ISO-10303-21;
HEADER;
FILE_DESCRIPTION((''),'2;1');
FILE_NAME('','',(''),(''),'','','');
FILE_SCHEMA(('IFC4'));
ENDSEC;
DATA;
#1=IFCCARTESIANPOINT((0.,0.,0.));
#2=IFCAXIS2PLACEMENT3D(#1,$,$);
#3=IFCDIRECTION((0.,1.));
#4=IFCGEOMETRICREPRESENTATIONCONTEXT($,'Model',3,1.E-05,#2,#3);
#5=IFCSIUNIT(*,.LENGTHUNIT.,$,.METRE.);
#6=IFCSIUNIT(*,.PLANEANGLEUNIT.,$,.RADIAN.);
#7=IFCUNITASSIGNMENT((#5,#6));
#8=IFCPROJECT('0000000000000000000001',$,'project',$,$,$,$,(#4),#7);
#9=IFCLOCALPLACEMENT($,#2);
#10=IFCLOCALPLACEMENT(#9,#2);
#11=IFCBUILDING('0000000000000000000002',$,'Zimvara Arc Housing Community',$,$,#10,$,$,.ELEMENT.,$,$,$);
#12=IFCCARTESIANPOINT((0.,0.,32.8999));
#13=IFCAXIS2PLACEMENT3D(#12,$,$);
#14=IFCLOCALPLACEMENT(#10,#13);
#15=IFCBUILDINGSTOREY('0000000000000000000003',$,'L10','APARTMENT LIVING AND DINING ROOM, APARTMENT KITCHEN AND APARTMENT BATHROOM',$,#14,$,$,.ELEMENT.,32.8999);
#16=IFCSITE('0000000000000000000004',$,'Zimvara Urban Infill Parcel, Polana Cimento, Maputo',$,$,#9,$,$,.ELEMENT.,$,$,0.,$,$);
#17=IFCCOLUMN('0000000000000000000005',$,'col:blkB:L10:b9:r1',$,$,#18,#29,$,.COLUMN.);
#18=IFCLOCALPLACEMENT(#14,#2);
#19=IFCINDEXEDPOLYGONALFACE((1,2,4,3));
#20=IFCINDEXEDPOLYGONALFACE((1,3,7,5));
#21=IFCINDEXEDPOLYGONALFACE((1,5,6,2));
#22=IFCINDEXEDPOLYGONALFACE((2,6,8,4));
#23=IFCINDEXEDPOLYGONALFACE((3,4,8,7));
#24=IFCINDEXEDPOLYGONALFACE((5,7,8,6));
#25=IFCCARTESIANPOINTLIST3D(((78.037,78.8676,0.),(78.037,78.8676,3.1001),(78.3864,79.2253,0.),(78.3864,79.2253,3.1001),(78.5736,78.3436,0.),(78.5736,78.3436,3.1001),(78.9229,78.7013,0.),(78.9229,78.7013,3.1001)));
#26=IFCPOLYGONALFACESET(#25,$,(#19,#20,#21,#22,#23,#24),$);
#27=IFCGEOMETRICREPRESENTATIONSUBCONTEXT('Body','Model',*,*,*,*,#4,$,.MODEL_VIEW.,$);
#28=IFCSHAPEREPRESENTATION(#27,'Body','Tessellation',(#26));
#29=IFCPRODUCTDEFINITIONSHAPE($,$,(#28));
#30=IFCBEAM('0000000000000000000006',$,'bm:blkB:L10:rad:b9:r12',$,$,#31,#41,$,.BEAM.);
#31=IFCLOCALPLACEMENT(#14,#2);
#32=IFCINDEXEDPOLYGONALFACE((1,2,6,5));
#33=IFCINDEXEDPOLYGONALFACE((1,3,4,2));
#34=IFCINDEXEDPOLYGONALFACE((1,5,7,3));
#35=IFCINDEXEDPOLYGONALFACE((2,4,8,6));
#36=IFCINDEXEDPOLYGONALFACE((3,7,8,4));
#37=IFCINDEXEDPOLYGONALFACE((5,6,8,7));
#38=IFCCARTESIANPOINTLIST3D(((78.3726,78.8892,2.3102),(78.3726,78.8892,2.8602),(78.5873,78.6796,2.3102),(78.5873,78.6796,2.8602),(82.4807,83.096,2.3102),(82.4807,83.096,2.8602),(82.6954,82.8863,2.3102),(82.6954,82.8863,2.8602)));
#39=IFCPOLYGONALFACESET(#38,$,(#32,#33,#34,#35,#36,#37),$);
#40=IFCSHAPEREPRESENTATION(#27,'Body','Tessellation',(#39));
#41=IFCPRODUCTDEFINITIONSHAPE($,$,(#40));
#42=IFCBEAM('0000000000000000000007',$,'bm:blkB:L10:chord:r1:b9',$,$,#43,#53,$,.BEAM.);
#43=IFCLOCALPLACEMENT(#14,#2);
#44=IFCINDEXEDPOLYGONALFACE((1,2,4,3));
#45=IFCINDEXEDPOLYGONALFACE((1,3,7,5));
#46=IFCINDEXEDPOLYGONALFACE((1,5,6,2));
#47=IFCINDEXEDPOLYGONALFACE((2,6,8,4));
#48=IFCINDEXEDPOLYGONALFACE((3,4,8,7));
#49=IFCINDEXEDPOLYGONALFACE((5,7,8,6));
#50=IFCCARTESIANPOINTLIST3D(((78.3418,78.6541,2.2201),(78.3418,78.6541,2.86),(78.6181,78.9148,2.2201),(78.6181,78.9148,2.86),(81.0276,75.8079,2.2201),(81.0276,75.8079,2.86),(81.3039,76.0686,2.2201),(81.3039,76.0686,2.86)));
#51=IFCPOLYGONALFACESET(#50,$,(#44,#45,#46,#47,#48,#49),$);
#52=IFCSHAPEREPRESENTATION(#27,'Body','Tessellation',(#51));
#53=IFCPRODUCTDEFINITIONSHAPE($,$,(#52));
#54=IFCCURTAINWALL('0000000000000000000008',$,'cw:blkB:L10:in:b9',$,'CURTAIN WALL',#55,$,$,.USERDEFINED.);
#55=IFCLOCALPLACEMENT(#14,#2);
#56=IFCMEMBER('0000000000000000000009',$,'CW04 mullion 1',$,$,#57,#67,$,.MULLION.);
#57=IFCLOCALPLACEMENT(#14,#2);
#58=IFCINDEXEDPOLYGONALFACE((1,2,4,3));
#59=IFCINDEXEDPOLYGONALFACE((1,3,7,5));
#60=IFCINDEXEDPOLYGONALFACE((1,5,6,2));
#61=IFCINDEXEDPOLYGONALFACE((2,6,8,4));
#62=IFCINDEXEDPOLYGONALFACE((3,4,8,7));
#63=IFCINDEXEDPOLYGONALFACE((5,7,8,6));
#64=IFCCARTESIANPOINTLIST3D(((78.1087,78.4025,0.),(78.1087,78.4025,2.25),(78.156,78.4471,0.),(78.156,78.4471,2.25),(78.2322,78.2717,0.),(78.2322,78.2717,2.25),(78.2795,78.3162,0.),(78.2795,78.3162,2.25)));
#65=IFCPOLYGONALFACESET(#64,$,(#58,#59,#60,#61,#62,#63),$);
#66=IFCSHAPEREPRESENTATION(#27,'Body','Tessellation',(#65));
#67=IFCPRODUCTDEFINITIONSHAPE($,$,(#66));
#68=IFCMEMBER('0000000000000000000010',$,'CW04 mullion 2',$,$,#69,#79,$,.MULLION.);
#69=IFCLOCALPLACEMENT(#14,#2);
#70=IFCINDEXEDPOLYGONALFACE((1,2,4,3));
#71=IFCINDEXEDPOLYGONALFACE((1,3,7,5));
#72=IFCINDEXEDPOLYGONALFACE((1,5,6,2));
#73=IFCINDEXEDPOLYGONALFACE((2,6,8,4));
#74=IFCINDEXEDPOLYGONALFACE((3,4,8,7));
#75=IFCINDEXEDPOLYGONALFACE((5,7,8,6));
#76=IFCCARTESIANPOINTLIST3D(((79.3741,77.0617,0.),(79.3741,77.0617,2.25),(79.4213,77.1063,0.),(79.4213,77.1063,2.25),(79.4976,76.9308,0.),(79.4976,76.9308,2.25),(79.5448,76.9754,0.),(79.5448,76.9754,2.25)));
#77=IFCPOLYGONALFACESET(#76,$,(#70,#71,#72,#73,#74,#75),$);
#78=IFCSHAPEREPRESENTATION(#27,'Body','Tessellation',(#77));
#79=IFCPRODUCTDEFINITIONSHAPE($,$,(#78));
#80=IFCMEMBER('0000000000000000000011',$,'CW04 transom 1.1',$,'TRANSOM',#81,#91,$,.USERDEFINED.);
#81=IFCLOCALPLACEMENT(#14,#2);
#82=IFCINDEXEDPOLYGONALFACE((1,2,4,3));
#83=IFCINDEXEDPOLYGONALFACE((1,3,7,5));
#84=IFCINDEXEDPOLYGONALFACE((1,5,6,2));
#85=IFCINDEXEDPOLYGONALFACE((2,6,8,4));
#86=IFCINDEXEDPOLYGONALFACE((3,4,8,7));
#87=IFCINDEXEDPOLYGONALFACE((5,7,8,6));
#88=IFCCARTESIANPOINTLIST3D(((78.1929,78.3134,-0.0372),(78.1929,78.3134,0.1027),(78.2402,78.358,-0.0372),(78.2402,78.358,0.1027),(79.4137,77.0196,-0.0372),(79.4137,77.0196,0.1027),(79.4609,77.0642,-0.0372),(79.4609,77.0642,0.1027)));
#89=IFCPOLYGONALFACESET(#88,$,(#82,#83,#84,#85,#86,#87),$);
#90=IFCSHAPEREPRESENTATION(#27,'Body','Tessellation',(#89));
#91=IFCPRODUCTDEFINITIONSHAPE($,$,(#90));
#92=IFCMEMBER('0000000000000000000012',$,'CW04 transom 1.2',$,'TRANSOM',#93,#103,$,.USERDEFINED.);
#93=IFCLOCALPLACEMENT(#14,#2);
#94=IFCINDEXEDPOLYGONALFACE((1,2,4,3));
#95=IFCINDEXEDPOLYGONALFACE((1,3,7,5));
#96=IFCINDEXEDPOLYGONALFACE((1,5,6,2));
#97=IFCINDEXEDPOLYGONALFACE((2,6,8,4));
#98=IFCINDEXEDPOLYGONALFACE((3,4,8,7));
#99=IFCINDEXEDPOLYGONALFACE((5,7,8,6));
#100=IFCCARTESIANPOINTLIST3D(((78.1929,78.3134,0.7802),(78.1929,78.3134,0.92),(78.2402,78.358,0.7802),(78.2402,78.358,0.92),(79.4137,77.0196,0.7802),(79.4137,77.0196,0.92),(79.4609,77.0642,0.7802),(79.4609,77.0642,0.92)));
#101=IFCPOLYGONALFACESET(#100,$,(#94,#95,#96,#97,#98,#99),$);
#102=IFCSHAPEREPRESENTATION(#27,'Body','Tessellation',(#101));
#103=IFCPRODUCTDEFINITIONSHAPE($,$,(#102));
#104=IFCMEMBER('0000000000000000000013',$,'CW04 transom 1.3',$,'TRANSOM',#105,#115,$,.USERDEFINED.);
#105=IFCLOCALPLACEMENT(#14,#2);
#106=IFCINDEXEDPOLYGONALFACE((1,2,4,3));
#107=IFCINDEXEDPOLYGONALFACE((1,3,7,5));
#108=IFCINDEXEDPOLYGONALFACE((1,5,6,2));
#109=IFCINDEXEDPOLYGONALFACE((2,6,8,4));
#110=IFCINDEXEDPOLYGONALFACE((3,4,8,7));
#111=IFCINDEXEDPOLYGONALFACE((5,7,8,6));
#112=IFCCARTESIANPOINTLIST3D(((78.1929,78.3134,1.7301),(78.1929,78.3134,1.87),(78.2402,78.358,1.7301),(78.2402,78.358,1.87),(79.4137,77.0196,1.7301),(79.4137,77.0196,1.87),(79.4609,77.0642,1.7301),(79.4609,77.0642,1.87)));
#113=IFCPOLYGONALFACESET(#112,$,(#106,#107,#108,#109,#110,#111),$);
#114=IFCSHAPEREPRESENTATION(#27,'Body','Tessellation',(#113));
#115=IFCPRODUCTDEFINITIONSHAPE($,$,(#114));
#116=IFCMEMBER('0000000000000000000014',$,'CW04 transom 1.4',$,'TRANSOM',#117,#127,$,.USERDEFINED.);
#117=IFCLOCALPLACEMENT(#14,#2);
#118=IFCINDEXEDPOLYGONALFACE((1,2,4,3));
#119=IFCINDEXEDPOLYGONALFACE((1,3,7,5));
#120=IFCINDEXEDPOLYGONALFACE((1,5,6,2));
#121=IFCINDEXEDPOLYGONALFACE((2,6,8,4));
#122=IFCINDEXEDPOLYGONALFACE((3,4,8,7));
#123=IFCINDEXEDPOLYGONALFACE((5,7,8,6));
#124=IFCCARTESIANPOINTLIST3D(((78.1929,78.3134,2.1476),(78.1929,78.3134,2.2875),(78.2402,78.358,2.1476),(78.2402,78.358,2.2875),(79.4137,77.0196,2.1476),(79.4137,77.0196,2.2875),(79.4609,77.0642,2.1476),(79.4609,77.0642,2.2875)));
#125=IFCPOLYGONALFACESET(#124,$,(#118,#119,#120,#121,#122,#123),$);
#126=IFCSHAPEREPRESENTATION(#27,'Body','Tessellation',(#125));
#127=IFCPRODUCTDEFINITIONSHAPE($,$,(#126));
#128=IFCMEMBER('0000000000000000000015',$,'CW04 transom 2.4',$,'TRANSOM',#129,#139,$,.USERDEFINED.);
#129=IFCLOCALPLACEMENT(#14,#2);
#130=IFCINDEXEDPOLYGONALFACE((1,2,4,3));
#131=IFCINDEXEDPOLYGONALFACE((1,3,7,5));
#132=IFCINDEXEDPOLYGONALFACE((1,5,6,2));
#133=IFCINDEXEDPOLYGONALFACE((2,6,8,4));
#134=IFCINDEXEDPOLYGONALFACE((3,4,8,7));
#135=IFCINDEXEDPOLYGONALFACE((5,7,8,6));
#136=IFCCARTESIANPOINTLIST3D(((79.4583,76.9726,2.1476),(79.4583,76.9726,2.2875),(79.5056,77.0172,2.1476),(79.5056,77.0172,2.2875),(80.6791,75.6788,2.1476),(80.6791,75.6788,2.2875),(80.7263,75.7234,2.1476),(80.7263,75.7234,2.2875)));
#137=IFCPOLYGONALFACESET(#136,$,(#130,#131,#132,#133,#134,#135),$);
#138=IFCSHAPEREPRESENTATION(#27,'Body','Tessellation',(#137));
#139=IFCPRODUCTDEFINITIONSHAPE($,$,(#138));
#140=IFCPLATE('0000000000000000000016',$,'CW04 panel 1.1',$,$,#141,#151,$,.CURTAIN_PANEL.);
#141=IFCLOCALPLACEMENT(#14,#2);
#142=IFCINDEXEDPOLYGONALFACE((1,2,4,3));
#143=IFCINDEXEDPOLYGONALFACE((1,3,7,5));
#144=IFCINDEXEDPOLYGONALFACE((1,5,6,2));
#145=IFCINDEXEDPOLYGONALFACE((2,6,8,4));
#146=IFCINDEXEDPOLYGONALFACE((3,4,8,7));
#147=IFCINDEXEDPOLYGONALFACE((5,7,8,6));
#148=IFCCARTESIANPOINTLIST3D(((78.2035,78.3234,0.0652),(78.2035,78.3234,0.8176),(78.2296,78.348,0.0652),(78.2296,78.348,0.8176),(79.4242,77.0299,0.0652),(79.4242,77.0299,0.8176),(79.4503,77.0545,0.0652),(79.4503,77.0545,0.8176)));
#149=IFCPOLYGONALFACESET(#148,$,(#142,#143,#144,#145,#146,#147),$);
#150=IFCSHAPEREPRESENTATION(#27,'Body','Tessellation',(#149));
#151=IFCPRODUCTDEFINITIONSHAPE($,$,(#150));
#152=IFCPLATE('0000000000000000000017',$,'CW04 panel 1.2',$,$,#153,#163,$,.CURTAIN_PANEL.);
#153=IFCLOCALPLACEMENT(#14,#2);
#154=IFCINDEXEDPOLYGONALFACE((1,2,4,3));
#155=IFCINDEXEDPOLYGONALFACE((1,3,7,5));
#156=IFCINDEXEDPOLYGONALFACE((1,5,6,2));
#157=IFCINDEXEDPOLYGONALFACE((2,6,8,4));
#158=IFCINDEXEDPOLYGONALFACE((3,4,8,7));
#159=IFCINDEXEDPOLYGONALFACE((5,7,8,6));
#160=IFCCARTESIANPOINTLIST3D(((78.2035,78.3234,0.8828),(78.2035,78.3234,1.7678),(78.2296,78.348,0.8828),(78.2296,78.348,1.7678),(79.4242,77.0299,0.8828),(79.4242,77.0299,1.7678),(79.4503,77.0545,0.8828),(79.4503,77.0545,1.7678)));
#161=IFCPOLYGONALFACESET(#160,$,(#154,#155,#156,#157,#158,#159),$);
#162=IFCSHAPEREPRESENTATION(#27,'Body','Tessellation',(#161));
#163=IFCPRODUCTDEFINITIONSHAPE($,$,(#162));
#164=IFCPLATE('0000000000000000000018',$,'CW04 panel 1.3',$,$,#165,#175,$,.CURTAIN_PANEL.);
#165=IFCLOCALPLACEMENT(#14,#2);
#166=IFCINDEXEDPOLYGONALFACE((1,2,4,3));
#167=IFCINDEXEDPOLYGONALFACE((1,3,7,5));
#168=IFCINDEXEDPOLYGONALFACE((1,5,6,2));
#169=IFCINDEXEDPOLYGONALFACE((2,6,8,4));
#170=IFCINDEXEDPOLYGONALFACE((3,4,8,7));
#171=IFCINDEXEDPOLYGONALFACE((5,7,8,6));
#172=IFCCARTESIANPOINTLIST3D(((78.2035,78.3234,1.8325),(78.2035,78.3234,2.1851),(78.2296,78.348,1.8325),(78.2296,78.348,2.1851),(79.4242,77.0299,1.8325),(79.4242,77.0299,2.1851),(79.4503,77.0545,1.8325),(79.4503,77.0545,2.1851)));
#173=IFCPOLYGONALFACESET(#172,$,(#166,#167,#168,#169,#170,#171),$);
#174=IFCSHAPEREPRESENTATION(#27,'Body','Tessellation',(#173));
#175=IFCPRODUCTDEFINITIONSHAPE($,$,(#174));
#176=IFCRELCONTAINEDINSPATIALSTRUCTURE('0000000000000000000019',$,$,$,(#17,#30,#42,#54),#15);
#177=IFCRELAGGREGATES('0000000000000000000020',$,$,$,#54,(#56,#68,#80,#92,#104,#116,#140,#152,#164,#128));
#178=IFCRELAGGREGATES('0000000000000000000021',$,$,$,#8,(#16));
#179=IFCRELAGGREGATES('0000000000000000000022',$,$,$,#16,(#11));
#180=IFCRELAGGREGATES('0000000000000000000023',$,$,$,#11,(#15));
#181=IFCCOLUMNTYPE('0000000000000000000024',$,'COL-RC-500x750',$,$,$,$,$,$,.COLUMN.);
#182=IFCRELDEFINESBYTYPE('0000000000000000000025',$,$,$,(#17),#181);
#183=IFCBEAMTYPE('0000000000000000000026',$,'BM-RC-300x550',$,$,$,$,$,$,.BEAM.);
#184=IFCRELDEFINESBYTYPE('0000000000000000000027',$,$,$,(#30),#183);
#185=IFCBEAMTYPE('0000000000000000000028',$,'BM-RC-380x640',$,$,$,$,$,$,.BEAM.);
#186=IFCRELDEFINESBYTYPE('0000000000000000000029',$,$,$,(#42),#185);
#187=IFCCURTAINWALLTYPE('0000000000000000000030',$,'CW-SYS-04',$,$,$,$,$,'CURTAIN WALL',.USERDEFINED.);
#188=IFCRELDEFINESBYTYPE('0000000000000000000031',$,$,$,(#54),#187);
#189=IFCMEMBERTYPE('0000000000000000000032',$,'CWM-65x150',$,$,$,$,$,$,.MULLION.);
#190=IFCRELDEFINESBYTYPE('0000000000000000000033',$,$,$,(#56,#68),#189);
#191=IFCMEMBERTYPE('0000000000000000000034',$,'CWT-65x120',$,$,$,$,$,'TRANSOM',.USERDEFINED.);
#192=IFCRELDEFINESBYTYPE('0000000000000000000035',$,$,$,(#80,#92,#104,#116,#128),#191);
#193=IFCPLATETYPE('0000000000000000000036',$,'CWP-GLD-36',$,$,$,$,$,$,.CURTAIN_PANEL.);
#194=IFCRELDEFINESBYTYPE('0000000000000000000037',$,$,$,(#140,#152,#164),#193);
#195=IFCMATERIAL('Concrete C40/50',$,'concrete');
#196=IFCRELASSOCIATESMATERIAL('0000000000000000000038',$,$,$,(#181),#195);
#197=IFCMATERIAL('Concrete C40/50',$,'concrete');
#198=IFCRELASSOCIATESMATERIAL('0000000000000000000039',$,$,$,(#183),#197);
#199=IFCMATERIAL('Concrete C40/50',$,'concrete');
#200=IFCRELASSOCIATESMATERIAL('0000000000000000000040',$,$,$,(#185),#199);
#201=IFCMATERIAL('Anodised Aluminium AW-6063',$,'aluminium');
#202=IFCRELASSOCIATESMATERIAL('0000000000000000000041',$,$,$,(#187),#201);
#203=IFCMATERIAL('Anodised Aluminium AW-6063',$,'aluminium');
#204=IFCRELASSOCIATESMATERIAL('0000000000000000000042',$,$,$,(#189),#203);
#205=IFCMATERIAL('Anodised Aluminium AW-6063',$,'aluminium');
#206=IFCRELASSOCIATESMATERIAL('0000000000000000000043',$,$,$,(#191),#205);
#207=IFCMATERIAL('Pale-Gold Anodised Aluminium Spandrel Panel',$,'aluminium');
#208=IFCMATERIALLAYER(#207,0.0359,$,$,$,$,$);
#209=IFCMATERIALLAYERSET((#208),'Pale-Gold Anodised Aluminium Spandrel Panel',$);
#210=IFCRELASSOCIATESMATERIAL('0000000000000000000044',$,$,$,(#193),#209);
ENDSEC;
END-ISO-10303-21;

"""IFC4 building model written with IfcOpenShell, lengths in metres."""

from ifc_helpers import new_model, si_unit, direction, frame, origin, origin_2d, place, context, subcontext, project, spatial, rectangle, extrude, material, layer, layer_set, material_profile, profile_set, type_object, element, aggregate, save


model = new_model("IFC4")

# Units and contexts
model_context = context("Model", 3, precision=1e-05, world=origin(), true_north=direction((0.0, 1.0)))
body_context = subcontext(model_context, "Body", "Model", "MODEL_VIEW")
ifc_project = project(units=[si_unit("LENGTHUNIT", "METRE"), si_unit("PLANEANGLEUNIT", "RADIAN")], contexts=[model_context])

# Site, building, storey
site_placement = place(None, origin())
site = spatial("IfcSite", under=ifc_project, at=site_placement, Name="Zimvara Urban Infill Parcel, Polana Cimento, Maputo", CompositionType="ELEMENT", RefElevation=0.0)
building_placement = place(site_placement, origin())
building = spatial("IfcBuilding", under=site, at=building_placement, Name="Zimvara Arc Housing Community", CompositionType="ELEMENT")
storey_placement = place(building_placement, frame((0.0, 0.0, 32.8999)))
storey = spatial("IfcBuildingStorey", under=building, at=storey_placement, Name="L10", Description="APARTMENT LIVING AND DINING ROOM, APARTMENT KITCHEN AND APARTMENT BATHROOM", CompositionType="ELEMENT", Elevation=32.8999)

# Column
ifc_material_1 = material(Name="Concrete C40/50", Category="concrete")
ifc_material_profile_1 = material_profile(ifc_material_1, rectangle(XDim=0.5, YDim=0.75, at=origin_2d()), Name="RC 500x750")
ifc_profile_set_1 = profile_set([ifc_material_profile_1], Name="Concrete C40/50")
column_type = type_object("IfcColumnType", Name="COL-RC-500x750", PredefinedType="COLUMN", material=ifc_profile_set_1)
column_placement = place(storey_placement, frame((78.48, 78.7844, 0.0), z_axis=(0.0, 0.0, 1.0), x_axis=(0.698665, 0.715449, 0.0)))
element("IfcColumn", 1, at=column_placement, inside=storey, type_object=column_type, Name="col:blkB:L10:b9:r1", PredefinedType="COLUMN", context=body_context, shape_type="SweptSolid", body=[
    extrude(rectangle(XDim=0.5, YDim=0.75, at=origin_2d()), origin(), (0.0, 0.0, 1.0), 3.1001),
])

# Beams
ifc_material_2 = material(Name="Concrete C40/50", Category="concrete")
ifc_material_profile_2 = material_profile(ifc_material_2, rectangle(XDim=0.3, YDim=0.55, at=origin_2d()), Name="RC 300x550")
ifc_profile_set_2 = profile_set([ifc_material_profile_2], Name="Concrete C40/50")
beam_type_1 = type_object("IfcBeamType", Name="BM-RC-300x550", PredefinedType="BEAM", material=ifc_profile_set_2)
beam_1_placement = place(storey_placement, frame((78.48, 78.7844, 2.5852), z_axis=(0.69867, 0.715444, 0.0), x_axis=(-0.715444, 0.69867, 0.0)))
element("IfcBeam", 2, at=beam_1_placement, inside=storey, type_object=beam_type_1, Name="bm:blkB:L10:rad:b9:r12", PredefinedType="BEAM", context=body_context, shape_type="SweptSolid", body=[
    extrude(rectangle(XDim=0.3, YDim=0.55, at=origin_2d()), origin(), (0.0, 0.0, 1.0), 5.8799),
])
ifc_material_3 = material(Name="Concrete C40/50", Category="concrete")
ifc_material_profile_3 = material_profile(ifc_material_3, rectangle(XDim=0.3799, YDim=0.6399, at=origin_2d()), Name="RC 380x640")
ifc_profile_set_3 = profile_set([ifc_material_profile_3], Name="Concrete C40/50")
beam_type_2 = type_object("IfcBeamType", Name="BM-RC-380x640", PredefinedType="BEAM", material=ifc_profile_set_3)
beam_2_placement = place(storey_placement, frame((78.48, 78.7844, 2.54), z_axis=(0.686316, -0.727304, 0.0), x_axis=(0.727304, 0.686316, 0.0)))
element("IfcBeam", 3, at=beam_2_placement, inside=storey, type_object=beam_type_2, Name="bm:blkB:L10:chord:r1:b9", PredefinedType="BEAM", context=body_context, shape_type="SweptSolid", body=[
    extrude(rectangle(XDim=0.3799, YDim=0.6399, at=origin_2d()), origin(), (0.0, 0.0, 1.0), 3.9133),
])

# Curtain wall, members, plates
ifc_material_4 = material(Name="Anodised Aluminium AW-6063", Category="aluminium")
curtain_wall_type = type_object("IfcCurtainWallType", Name="CW-SYS-04", ElementType="CURTAIN WALL", PredefinedType="USERDEFINED", material=ifc_material_4)
curtain_wall_placement = place(storey_placement, origin())
curtain_wall = element("IfcCurtainWall", 4, at=curtain_wall_placement, inside=storey, type_object=curtain_wall_type, Name="cw:blkB:L10:in:b9", ObjectType="CURTAIN WALL", PredefinedType="USERDEFINED")
ifc_material_5 = material(Name="Anodised Aluminium AW-6063", Category="aluminium")
ifc_material_profile_4 = material_profile(ifc_material_5, rectangle(XDim=0.0649, YDim=0.1799, at=origin_2d()), Name="ALU 65x180")
ifc_profile_set_4 = profile_set([ifc_material_profile_4], Name="Anodised Aluminium AW-6063")
member_type_1 = type_object("IfcMemberType", Name="CWM-65x150", PredefinedType="MULLION", material=ifc_profile_set_4)
member_1_placement = place(storey_placement, frame((78.1941, 78.3594, 0.0), z_axis=(0.0, 0.0, 1.0), x_axis=(0.727294, 0.686326, 0.0)))
member_1 = element("IfcMember", 5, at=member_1_placement, type_object=member_type_1, Name="CW04 mullion 1", PredefinedType="MULLION", context=body_context, shape_type="SweptSolid", body=[
    extrude(rectangle(XDim=0.0649, YDim=0.1799, at=origin_2d()), origin(), (0.0, 0.0, 1.0), 2.25),
])
member_2_placement = place(storey_placement, frame((79.4595, 77.0186, 0.0), z_axis=(0.0, 0.0, 1.0), x_axis=(0.727294, 0.686326, 0.0)))
member_2 = element("IfcMember", 6, at=member_2_placement, type_object=member_type_1, Name="CW04 mullion 2", PredefinedType="MULLION", context=body_context, shape_type="SweptSolid", body=[
    extrude(rectangle(XDim=0.0649, YDim=0.1799, at=origin_2d()), origin(), (0.0, 0.0, 1.0), 2.25),
])
ifc_material_6 = material(Name="Anodised Aluminium AW-6063", Category="aluminium")
ifc_material_profile_5 = material_profile(ifc_material_6, rectangle(XDim=0.0649, YDim=0.1399, at=origin_2d()), Name="ALU 65x140")
ifc_profile_set_5 = profile_set([ifc_material_profile_5], Name="Anodised Aluminium AW-6063")
member_type_2 = type_object("IfcMemberType", Name="CWT-65x120", ElementType="TRANSOM", PredefinedType="USERDEFINED", material=ifc_profile_set_5)
member_3_placement = place(storey_placement, frame((78.2166, 78.3357, 0.0327), z_axis=(0.686289, -0.727329, 0.0), x_axis=(0.727329, 0.686289, 0.0)))
member_3 = element("IfcMember", 7, at=member_3_placement, type_object=member_type_2, Name="CW04 transom 1.1", ObjectType="TRANSOM", PredefinedType="USERDEFINED", context=body_context, shape_type="SweptSolid", body=[
    extrude(rectangle(XDim=0.0649, YDim=0.1399, at=origin_2d()), origin(), (0.0, 0.0, 1.0), 1.7788),
])
member_4_placement = place(storey_placement, frame((78.2166, 78.3357, 0.8501), z_axis=(0.686289, -0.727329, 0.0), x_axis=(0.727329, 0.686289, 0.0)))
member_4 = element("IfcMember", 8, at=member_4_placement, type_object=member_type_2, Name="CW04 transom 1.2", ObjectType="TRANSOM", PredefinedType="USERDEFINED", context=body_context, shape_type="SweptSolid", body=[
    extrude(rectangle(XDim=0.0649, YDim=0.1399, at=origin_2d()), origin(), (0.0, 0.0, 1.0), 1.7788),
])
member_5_placement = place(storey_placement, frame((78.2166, 78.3357, 1.8), z_axis=(0.686289, -0.727329, 0.0), x_axis=(0.727329, 0.686289, 0.0)))
member_5 = element("IfcMember", 9, at=member_5_placement, type_object=member_type_2, Name="CW04 transom 1.3", ObjectType="TRANSOM", PredefinedType="USERDEFINED", context=body_context, shape_type="SweptSolid", body=[
    extrude(rectangle(XDim=0.0649, YDim=0.1399, at=origin_2d()), origin(), (0.0, 0.0, 1.0), 1.7788),
])
member_6_placement = place(storey_placement, frame((78.2166, 78.3357, 2.2175), z_axis=(0.686289, -0.727329, 0.0), x_axis=(0.727329, 0.686289, 0.0)))
member_6 = element("IfcMember", 10, at=member_6_placement, type_object=member_type_2, Name="CW04 transom 1.4", ObjectType="TRANSOM", PredefinedType="USERDEFINED", context=body_context, shape_type="SweptSolid", body=[
    extrude(rectangle(XDim=0.0649, YDim=0.1399, at=origin_2d()), origin(), (0.0, 0.0, 1.0), 1.7788),
])
member_7_placement = place(storey_placement, frame((79.4819, 76.9949, 2.2175), z_axis=(0.686289, -0.727329, 0.0), x_axis=(0.727329, 0.686289, 0.0)))
member_7 = element("IfcMember", 11, at=member_7_placement, type_object=member_type_2, Name="CW04 transom 2.4", ObjectType="TRANSOM", PredefinedType="USERDEFINED", context=body_context, shape_type="SweptSolid", body=[
    extrude(rectangle(XDim=0.0649, YDim=0.1399, at=origin_2d()), origin(), (0.0, 0.0, 1.0), 1.7788),
])
ifc_material_7 = material(Name="Pale-Gold Anodised Aluminium Spandrel Panel", Category="aluminium")
ifc_layer_1 = layer(ifc_material_7, 0.0359)
ifc_layer_set_1 = layer_set([ifc_layer_1], Name="Pale-Gold Anodised Aluminium Spandrel Panel")
plate_type = type_object("IfcPlateType", Name="CWP-GLD-36", PredefinedType="CURTAIN_PANEL", material=ifc_layer_set_1)
plate_1_placement = place(storey_placement, frame((78.8269, 77.689, 0.0652), z_axis=(0.0, 0.0, 1.0), x_axis=(0.686326, -0.727294, 0.0)))
plate_1 = element("IfcPlate", 12, at=plate_1_placement, type_object=plate_type, Name="CW04 panel 1.1", PredefinedType="CURTAIN_PANEL", context=body_context, shape_type="SweptSolid", body=[
    extrude(rectangle(XDim=1.7786, YDim=0.0359, at=origin_2d()), origin(), (0.0, 0.0, 1.0), 0.7524),
])
plate_2_placement = place(storey_placement, frame((78.8269, 77.689, 0.8828), z_axis=(0.0, 0.0, 1.0), x_axis=(0.686326, -0.727294, 0.0)))
plate_2 = element("IfcPlate", 13, at=plate_2_placement, type_object=plate_type, Name="CW04 panel 1.2", PredefinedType="CURTAIN_PANEL", context=body_context, shape_type="SweptSolid", body=[
    extrude(rectangle(XDim=1.7786, YDim=0.0359, at=origin_2d()), origin(), (0.0, 0.0, 1.0), 0.885),
])
plate_3_placement = place(storey_placement, frame((78.8269, 77.689, 1.8325), z_axis=(0.0, 0.0, 1.0), x_axis=(0.686326, -0.727294, 0.0)))
plate_3 = element("IfcPlate", 14, at=plate_3_placement, type_object=plate_type, Name="CW04 panel 1.3", PredefinedType="CURTAIN_PANEL", context=body_context, shape_type="SweptSolid", body=[
    extrude(rectangle(XDim=1.7786, YDim=0.0359, at=origin_2d()), origin(), (0.0, 0.0, 1.0), 0.3525),
])
aggregate(curtain_wall, [member_1, member_2, member_3, member_4, member_5, member_6, plate_1, plate_2, plate_3, member_7])

save(model, "model.ifc")
